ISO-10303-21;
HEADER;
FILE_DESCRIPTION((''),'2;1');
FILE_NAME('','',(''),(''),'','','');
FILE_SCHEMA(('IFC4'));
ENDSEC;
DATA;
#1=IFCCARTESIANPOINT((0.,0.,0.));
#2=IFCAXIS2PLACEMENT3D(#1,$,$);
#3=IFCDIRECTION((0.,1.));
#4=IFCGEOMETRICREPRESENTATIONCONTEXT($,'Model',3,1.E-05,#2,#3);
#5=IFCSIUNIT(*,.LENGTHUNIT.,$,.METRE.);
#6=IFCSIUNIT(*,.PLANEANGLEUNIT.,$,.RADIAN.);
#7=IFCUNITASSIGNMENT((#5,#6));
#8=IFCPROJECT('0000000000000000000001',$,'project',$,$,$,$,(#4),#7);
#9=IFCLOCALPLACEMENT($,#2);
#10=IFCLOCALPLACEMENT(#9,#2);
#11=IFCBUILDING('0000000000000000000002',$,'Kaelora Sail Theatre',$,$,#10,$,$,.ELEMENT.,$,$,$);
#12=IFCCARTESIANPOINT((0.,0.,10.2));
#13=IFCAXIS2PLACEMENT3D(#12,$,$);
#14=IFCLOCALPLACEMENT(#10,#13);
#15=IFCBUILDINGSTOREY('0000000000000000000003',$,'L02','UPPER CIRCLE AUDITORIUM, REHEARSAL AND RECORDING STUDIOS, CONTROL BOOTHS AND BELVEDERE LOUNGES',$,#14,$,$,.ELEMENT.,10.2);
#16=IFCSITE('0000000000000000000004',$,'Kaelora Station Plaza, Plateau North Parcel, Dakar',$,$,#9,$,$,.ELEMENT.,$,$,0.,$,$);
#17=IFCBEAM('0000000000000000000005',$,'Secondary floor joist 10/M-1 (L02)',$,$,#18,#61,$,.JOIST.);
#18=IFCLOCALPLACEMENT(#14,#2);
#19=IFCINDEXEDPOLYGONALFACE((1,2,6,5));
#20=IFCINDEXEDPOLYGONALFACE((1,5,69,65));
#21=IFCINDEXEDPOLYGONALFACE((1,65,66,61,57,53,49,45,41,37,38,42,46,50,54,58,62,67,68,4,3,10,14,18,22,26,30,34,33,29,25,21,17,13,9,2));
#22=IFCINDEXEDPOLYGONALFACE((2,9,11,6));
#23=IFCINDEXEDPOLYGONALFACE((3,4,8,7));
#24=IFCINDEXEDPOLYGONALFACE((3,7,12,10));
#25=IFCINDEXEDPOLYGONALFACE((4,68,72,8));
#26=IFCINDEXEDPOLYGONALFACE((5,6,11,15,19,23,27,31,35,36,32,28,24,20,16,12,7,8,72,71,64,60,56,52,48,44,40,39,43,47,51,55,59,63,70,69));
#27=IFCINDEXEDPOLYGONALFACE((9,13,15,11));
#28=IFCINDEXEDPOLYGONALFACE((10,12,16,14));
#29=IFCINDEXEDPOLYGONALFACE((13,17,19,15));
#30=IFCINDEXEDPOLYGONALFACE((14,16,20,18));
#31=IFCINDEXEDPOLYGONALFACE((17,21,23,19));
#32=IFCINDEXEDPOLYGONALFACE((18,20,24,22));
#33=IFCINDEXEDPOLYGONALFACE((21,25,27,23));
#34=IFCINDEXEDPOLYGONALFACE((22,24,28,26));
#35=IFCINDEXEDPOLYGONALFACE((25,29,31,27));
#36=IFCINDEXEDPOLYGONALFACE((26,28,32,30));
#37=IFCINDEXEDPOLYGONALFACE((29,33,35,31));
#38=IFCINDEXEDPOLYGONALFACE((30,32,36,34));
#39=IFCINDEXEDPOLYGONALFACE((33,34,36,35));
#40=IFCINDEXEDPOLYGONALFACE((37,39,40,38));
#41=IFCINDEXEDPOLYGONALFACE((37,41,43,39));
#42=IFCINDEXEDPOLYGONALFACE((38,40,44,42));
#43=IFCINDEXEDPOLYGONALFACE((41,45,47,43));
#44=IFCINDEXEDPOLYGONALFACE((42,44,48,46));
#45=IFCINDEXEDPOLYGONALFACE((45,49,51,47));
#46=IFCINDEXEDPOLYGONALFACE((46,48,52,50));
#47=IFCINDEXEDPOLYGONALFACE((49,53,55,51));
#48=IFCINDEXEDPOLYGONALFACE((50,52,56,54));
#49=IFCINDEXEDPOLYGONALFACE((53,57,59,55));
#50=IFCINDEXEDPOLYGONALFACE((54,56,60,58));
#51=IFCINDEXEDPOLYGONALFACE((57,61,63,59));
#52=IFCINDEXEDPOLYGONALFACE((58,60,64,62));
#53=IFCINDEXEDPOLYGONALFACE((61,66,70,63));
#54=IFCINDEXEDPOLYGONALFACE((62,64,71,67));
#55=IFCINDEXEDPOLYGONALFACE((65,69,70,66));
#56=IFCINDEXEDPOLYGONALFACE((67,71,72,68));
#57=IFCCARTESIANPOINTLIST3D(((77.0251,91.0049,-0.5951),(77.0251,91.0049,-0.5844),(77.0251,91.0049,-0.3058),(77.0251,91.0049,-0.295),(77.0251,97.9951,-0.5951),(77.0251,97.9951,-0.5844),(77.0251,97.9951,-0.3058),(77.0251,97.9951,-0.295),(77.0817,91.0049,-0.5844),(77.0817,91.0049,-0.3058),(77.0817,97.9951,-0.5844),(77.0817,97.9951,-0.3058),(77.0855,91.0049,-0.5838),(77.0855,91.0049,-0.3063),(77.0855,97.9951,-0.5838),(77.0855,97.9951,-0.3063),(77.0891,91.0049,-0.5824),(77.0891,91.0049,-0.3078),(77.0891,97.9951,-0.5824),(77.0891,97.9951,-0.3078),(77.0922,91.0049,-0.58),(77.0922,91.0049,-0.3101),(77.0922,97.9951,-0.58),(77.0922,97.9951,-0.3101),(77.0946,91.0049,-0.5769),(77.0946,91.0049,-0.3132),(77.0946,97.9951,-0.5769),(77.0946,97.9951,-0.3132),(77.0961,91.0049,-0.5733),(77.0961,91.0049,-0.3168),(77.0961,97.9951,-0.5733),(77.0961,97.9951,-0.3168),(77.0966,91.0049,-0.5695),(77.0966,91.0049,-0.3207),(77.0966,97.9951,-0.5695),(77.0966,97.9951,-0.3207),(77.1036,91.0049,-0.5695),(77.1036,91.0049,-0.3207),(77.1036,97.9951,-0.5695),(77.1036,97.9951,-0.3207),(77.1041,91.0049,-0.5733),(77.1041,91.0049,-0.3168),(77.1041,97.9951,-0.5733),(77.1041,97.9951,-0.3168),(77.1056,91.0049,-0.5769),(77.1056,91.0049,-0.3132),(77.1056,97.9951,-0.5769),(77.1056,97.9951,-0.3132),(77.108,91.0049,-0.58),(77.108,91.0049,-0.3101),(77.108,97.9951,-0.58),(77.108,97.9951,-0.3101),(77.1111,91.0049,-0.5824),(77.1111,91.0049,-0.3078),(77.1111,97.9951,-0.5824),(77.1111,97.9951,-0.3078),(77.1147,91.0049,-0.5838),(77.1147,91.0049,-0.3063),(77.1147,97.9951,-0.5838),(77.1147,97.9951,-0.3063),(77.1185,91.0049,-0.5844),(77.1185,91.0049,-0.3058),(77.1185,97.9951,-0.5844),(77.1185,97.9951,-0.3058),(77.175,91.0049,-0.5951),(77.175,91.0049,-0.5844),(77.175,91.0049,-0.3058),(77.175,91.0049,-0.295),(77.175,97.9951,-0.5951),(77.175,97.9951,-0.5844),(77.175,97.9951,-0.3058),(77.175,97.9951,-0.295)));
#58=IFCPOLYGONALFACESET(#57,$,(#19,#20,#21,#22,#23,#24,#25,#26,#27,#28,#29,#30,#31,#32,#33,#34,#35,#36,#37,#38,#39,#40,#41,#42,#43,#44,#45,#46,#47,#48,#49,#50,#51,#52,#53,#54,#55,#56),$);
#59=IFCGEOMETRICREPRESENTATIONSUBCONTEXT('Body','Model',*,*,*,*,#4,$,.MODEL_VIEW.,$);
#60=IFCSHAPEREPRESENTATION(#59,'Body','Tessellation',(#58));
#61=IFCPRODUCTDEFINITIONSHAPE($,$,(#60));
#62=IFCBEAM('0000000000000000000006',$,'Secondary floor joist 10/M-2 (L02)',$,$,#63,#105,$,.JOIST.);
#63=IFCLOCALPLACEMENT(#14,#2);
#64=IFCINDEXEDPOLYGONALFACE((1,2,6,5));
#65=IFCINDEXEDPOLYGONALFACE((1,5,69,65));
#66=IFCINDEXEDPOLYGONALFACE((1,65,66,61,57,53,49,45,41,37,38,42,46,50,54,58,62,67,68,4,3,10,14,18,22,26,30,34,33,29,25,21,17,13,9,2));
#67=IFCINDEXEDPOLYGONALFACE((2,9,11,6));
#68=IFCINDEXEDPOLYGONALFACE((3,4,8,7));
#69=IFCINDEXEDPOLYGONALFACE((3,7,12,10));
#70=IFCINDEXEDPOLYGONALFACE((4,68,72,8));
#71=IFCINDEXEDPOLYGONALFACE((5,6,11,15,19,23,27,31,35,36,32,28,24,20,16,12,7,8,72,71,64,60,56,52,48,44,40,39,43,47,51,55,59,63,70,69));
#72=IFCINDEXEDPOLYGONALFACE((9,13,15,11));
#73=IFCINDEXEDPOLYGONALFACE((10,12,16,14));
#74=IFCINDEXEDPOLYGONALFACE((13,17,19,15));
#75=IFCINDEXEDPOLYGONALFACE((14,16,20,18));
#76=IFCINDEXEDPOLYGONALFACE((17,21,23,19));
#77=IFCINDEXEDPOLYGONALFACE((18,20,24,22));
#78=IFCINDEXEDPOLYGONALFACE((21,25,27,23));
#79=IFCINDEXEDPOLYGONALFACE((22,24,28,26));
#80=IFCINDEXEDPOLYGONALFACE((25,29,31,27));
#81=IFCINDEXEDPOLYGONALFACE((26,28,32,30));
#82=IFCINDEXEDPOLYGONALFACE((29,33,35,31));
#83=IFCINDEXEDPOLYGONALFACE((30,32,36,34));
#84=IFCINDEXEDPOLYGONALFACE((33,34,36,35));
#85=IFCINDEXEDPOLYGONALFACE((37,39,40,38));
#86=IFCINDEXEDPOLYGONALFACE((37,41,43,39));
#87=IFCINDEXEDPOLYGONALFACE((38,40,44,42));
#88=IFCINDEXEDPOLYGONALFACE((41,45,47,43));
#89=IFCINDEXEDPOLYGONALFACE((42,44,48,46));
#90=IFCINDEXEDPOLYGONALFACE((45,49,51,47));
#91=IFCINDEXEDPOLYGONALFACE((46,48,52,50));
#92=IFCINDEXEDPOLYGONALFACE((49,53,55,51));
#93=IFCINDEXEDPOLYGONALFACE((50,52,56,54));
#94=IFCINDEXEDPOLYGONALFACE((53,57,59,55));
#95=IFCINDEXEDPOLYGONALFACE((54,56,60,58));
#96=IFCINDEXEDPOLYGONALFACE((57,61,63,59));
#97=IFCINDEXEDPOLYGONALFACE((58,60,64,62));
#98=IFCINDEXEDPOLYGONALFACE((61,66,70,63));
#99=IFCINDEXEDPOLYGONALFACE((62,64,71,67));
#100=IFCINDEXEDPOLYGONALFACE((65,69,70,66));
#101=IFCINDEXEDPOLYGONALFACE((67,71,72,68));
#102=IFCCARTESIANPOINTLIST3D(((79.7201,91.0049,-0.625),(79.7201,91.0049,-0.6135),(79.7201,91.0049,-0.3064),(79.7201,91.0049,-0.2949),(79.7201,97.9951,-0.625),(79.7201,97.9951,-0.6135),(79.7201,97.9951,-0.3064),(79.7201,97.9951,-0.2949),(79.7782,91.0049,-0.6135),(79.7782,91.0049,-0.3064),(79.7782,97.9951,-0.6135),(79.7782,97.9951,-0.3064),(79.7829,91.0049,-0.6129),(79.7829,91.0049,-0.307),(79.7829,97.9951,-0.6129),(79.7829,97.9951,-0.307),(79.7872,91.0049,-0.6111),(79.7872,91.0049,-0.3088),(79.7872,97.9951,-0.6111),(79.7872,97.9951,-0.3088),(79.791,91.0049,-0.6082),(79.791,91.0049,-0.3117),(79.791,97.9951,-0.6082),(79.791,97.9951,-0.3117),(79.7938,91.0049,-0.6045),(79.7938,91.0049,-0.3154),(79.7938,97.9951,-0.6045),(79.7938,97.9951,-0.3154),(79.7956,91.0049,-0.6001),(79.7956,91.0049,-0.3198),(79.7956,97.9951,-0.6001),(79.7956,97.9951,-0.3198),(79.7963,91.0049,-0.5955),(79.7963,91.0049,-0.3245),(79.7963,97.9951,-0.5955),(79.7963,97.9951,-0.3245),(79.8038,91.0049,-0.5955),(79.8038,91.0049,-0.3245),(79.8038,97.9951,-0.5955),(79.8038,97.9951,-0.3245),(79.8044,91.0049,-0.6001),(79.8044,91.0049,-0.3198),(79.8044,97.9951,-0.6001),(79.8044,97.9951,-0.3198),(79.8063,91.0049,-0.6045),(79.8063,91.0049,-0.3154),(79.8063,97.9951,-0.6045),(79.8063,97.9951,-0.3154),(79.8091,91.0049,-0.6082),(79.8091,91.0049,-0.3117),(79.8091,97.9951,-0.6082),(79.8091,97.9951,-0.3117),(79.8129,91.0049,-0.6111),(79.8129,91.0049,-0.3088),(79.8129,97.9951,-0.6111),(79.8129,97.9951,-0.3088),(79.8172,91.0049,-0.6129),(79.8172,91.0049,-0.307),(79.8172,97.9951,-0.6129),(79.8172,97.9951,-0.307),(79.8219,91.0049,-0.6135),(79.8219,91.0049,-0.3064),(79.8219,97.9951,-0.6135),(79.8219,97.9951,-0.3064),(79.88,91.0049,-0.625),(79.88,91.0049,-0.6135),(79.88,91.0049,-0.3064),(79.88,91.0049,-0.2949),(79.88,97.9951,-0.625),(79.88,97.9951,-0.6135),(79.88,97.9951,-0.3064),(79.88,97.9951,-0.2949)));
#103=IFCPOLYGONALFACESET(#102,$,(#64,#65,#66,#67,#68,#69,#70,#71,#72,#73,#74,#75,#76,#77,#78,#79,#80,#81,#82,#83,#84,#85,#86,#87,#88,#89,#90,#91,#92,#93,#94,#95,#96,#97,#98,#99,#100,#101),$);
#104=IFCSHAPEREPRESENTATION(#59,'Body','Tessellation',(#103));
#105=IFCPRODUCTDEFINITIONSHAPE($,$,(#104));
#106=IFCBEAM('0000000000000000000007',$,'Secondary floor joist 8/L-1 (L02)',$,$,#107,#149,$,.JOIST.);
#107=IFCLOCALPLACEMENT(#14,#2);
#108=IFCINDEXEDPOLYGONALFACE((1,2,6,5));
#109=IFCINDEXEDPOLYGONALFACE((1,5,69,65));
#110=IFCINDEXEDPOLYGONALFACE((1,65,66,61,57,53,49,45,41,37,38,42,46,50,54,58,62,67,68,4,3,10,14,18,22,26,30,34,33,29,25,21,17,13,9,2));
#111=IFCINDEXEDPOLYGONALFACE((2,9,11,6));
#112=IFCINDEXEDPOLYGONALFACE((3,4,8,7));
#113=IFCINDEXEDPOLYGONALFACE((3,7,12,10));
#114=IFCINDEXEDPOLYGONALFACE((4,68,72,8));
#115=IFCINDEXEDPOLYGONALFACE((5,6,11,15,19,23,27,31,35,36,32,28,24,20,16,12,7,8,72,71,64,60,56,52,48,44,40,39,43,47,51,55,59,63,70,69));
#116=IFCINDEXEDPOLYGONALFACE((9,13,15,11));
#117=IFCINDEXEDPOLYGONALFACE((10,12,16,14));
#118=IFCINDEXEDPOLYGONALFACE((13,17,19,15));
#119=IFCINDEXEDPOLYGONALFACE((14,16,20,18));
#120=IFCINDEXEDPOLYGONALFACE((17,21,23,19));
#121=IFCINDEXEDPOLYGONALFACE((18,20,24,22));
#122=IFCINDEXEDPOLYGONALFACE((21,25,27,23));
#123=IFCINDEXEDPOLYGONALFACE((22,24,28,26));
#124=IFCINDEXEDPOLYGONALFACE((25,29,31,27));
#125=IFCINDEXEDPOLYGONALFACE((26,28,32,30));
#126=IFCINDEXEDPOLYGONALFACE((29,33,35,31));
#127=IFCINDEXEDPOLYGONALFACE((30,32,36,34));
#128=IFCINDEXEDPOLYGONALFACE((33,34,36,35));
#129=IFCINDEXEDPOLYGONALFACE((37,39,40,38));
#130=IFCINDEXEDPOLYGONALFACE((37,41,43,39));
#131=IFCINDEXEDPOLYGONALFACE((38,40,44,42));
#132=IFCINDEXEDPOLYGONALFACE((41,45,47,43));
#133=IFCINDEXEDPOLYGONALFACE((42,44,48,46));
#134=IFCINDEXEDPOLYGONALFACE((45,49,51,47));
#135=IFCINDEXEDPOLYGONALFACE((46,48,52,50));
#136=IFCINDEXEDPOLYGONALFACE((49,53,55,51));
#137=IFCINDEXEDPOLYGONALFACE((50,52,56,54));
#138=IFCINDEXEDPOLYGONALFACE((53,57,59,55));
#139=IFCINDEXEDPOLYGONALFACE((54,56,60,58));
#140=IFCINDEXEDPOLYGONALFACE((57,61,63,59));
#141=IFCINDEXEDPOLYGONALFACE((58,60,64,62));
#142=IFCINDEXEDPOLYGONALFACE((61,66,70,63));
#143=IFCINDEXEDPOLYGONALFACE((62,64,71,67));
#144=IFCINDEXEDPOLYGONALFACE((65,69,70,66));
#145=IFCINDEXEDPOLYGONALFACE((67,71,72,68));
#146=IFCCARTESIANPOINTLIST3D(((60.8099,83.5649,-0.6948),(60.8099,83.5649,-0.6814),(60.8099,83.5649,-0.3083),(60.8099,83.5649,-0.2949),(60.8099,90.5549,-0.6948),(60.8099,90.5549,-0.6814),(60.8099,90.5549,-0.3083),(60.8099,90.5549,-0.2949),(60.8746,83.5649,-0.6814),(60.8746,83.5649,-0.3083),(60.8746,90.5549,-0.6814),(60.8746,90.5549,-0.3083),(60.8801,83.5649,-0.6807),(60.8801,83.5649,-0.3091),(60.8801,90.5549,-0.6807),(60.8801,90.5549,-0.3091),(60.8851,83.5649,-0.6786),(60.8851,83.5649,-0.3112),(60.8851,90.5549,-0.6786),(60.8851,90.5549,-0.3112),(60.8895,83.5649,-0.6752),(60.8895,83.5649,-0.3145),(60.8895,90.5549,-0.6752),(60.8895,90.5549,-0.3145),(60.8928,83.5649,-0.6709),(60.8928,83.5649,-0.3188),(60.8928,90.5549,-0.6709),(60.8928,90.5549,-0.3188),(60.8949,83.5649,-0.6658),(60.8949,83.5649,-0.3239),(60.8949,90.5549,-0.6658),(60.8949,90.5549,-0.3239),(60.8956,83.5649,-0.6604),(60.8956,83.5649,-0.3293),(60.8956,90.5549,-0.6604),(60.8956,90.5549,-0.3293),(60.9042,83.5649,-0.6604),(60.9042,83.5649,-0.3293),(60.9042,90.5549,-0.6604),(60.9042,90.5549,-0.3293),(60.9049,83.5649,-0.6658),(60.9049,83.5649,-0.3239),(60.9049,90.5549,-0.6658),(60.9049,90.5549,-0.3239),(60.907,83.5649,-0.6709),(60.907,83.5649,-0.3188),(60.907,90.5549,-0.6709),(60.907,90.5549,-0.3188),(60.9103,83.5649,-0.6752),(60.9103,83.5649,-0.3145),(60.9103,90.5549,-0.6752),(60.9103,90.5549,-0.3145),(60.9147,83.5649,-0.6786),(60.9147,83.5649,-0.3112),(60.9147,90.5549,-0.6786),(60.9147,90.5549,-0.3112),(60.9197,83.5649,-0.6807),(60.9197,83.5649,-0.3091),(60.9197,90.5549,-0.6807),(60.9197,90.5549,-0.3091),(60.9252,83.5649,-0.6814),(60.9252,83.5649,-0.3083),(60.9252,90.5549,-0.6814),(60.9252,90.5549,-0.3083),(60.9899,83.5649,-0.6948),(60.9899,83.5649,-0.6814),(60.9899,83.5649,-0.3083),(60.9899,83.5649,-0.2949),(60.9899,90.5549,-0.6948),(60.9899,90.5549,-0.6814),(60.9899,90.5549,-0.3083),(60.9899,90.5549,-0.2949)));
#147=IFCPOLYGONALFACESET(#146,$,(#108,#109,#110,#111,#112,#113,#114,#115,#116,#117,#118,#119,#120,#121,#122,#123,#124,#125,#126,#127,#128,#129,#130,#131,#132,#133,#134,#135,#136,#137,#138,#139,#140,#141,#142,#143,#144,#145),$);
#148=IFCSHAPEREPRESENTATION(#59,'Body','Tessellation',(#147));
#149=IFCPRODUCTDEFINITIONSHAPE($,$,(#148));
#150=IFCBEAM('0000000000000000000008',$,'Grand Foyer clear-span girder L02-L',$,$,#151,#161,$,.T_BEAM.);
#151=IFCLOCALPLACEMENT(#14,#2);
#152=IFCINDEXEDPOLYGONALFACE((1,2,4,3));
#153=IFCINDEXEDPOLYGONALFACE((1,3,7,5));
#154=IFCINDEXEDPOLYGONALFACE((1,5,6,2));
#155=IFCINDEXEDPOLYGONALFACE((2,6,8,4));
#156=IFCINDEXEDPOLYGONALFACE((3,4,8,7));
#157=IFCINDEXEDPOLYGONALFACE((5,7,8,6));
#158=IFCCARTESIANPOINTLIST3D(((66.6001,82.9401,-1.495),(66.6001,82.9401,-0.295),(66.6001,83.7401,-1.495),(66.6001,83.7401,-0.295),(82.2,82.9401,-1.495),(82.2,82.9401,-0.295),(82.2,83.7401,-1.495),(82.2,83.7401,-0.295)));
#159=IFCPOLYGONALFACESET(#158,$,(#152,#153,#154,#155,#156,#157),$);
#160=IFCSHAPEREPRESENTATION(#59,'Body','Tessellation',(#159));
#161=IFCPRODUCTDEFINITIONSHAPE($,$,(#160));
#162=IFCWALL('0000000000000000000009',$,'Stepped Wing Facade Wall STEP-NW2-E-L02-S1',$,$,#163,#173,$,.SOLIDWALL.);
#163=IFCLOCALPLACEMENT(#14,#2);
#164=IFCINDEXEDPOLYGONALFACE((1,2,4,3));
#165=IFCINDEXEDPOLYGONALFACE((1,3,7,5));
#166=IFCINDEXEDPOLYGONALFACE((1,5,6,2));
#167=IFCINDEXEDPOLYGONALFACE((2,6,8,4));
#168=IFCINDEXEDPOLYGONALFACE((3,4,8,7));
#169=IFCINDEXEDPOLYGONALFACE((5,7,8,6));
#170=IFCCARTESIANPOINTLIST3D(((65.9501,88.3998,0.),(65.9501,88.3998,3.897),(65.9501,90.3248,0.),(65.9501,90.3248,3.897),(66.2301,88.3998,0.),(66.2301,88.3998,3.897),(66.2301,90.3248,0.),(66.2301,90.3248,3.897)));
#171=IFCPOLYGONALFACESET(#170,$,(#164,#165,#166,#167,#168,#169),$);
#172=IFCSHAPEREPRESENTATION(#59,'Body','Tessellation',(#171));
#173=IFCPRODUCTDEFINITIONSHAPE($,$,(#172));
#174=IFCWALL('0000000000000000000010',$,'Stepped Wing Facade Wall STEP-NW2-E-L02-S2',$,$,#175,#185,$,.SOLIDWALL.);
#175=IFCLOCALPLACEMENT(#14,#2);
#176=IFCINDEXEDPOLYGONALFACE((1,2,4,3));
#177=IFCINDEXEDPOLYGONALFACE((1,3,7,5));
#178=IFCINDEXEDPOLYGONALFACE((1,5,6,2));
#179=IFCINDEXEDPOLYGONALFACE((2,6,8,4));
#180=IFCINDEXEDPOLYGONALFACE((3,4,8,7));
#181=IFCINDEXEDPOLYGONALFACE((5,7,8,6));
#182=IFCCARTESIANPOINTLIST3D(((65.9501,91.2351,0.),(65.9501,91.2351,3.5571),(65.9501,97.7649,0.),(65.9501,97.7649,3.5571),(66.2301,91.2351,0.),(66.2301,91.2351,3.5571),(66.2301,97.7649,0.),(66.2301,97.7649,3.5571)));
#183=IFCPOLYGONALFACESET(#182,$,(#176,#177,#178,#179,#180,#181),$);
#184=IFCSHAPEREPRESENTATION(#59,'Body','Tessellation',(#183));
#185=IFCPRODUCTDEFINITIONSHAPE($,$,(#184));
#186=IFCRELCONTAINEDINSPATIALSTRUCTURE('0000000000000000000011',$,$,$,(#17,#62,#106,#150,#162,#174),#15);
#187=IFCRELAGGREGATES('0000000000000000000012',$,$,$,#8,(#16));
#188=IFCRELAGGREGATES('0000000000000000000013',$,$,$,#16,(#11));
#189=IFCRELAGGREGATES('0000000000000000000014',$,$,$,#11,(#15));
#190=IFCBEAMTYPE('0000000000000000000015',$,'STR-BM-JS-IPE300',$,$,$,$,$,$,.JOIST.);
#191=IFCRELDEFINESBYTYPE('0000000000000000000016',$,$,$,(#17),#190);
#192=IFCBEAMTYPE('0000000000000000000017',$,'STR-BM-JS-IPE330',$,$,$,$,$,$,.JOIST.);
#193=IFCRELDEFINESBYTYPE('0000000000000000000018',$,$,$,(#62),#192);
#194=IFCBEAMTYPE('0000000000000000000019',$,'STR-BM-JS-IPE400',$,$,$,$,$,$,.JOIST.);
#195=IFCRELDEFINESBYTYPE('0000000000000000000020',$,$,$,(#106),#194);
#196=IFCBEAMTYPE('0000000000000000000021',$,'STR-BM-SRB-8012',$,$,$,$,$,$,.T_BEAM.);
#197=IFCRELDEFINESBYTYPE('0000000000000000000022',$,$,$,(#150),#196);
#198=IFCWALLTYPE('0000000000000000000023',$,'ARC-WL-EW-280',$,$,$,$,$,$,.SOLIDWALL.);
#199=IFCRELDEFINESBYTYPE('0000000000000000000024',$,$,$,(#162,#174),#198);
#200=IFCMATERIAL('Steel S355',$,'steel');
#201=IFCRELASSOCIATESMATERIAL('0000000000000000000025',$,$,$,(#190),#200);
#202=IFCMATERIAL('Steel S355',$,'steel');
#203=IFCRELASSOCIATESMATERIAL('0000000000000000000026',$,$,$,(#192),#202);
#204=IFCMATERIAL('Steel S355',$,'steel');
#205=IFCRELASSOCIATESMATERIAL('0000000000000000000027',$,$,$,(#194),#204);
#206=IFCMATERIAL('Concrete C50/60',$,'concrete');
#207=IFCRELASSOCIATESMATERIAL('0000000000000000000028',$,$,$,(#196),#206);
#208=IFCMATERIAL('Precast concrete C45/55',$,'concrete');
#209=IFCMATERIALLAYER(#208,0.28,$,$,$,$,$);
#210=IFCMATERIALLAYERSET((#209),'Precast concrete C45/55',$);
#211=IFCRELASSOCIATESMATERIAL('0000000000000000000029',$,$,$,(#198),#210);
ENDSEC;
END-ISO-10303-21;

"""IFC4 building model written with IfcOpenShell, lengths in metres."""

from ifc_helpers import new_model, si_unit, direction, frame, frame_2d, origin, origin_2d, place, context, subcontext, project, spatial, rectangle, i_section, extrude, material, layer, layer_set, material_profile, profile_set, type_object, element, save


model = new_model("IFC4")

# Units and contexts
model_context = context("Model", 3, precision=1e-05, world=origin(), true_north=direction((0.0, 1.0)))
body_context = subcontext(model_context, "Body", "Model", "MODEL_VIEW")
ifc_project = project(units=[si_unit("LENGTHUNIT", "METRE"), si_unit("PLANEANGLEUNIT", "RADIAN")], contexts=[model_context])

# Site, building, storey
site_placement = place(None, origin())
site = spatial("IfcSite", under=ifc_project, at=site_placement, Name="Kaelora Station Plaza, Plateau North Parcel, Dakar", CompositionType="ELEMENT", RefElevation=0.0)
building_placement = place(site_placement, origin())
building = spatial("IfcBuilding", under=site, at=building_placement, Name="Kaelora Sail Theatre", CompositionType="ELEMENT")
storey_placement = place(building_placement, frame((0.0, 0.0, 10.2)))
storey = spatial("IfcBuildingStorey", under=building, at=storey_placement, Name="L02", Description="UPPER CIRCLE AUDITORIUM, REHEARSAL AND RECORDING STUDIOS, CONTROL BOOTHS AND BELVEDERE LOUNGES", CompositionType="ELEMENT", Elevation=10.2)

# Beams
ifc_material_1 = material(Name="Steel S355", Category="steel")
ifc_material_profile_1 = material_profile(ifc_material_1, i_section(OverallWidth=0.1499, OverallDepth=0.3, WebThickness=0.0071, FlangeThickness=0.0107, FilletRadius=0.0149, at=origin_2d()), Name="IPE 300")
ifc_profile_set_1 = profile_set([ifc_material_profile_1], Name="Steel S355")
beam_type_1 = type_object("IfcBeamType", Name="STR-BM-JS-IPE300", PredefinedType="JOIST", material=ifc_profile_set_1)
beam_1_placement = place(storey_placement, frame((77.1001, 91.0049, -0.4451), z_axis=(0.0, 1.0, 0.0), x_axis=(-1.0, 0.0, 0.0)))
element("IfcBeam", 1, at=beam_1_placement, inside=storey, type_object=beam_type_1, Name="Secondary floor joist 10/M-1 (L02)", PredefinedType="JOIST", context=body_context, shape_type="SweptSolid", body=[
    extrude(i_section(OverallWidth=0.1499, OverallDepth=0.3, WebThickness=0.0071, FlangeThickness=0.0107, FilletRadius=0.0149, at=origin_2d()), origin(), (0.0, 0.0, 1.0), 6.9902),
])
ifc_material_2 = material(Name="Steel S355", Category="steel")
ifc_material_profile_2 = material_profile(ifc_material_2, i_section(OverallWidth=0.1599, OverallDepth=0.3301, WebThickness=0.0076, FlangeThickness=0.0115, FilletRadius=0.0181, at=origin_2d()), Name="IPE 330")
ifc_profile_set_2 = profile_set([ifc_material_profile_2], Name="Steel S355")
beam_type_2 = type_object("IfcBeamType", Name="STR-BM-JS-IPE330", PredefinedType="JOIST", material=ifc_profile_set_2)
beam_2_placement = place(storey_placement, frame((79.8, 91.0049, -0.46), z_axis=(0.0, 1.0, 0.0), x_axis=(-1.0, 0.0, 0.0)))
element("IfcBeam", 2, at=beam_2_placement, inside=storey, type_object=beam_type_2, Name="Secondary floor joist 10/M-2 (L02)", PredefinedType="JOIST", context=body_context, shape_type="SweptSolid", body=[
    extrude(i_section(OverallWidth=0.1599, OverallDepth=0.3301, WebThickness=0.0076, FlangeThickness=0.0115, FilletRadius=0.0181, at=origin_2d()), origin(), (0.0, 0.0, 1.0), 6.9902),
])
ifc_material_3 = material(Name="Steel S355", Category="steel")
ifc_material_profile_3 = material_profile(ifc_material_3, i_section(OverallWidth=0.1799, OverallDepth=0.3999, WebThickness=0.0085, FlangeThickness=0.0134, FilletRadius=0.021, at=origin_2d()), Name="IPE 400")
ifc_profile_set_3 = profile_set([ifc_material_profile_3], Name="Steel S355")
beam_type_3 = type_object("IfcBeamType", Name="STR-BM-JS-IPE400", PredefinedType="JOIST", material=ifc_profile_set_3)
beam_3_placement = place(storey_placement, frame((60.8999, 83.5649, -0.4949), z_axis=(0.0, 1.0, 0.0), x_axis=(-1.0, 0.0, 0.0)))
element("IfcBeam", 3, at=beam_3_placement, inside=storey, type_object=beam_type_3, Name="Secondary floor joist 8/L-1 (L02)", PredefinedType="JOIST", context=body_context, shape_type="SweptSolid", body=[
    extrude(i_section(OverallWidth=0.1799, OverallDepth=0.3999, WebThickness=0.0085, FlangeThickness=0.0134, FilletRadius=0.021, at=origin_2d()), origin(), (0.0, 0.0, 1.0), 6.99),
])
ifc_material_4 = material(Name="Concrete C50/60", Category="concrete")
ifc_material_profile_4 = material_profile(ifc_material_4, rectangle(XDim=0.8, YDim=1.2, at=origin_2d()), Name="RC-SRB 800x1200")
ifc_profile_set_4 = profile_set([ifc_material_profile_4], Name="Concrete C50/60")
beam_type_4 = type_object("IfcBeamType", Name="STR-BM-SRB-8012", PredefinedType="T_BEAM", material=ifc_profile_set_4)
beam_4_placement = place(storey_placement, frame((66.6001, 83.3401, -0.895), z_axis=(1.0, 0.0, 0.0), x_axis=(0.0, 1.0, 0.0)))
element("IfcBeam", 4, at=beam_4_placement, inside=storey, type_object=beam_type_4, Name="Grand Foyer clear-span girder L02-L", PredefinedType="T_BEAM", context=body_context, shape_type="SweptSolid", body=[
    extrude(rectangle(XDim=0.8, YDim=1.2, at=origin_2d()), origin(), (0.0, 0.0, 1.0), 15.5999),
])

# Shared definitions
ifc_material_5 = material(Name="Precast concrete C45/55", Category="concrete")
ifc_layer_1 = layer(ifc_material_5, 0.28)
ifc_layer_set_1 = layer_set([ifc_layer_1], Name="Precast concrete C45/55")
wall_type_1 = type_object("IfcWallType", Name="ARC-WL-EW-280", PredefinedType="SOLIDWALL", material=ifc_layer_set_1)

# Walls
wall_1_placement = place(storey_placement, frame((66.0901, 88.3999, 0.0), z_axis=(0.0, 0.0, 1.0), x_axis=(0.0, 1.0, 0.0)))
element("IfcWall", 5, at=wall_1_placement, inside=storey, type_object=wall_type_1, Name="Stepped Wing Facade Wall STEP-NW2-E-L02-S1", PredefinedType="SOLIDWALL", context=body_context, shape_type="SweptSolid", body=[
    extrude(rectangle(XDim=1.925, YDim=0.28, at=frame_2d((0.9624, 0.0))), origin(), (0.0, 0.0, 1.0), 3.897),
])
wall_2_placement = place(storey_placement, frame((66.0901, 91.2351, 0.0), z_axis=(0.0, 0.0, 1.0), x_axis=(0.0, 1.0, 0.0)))
element("IfcWall", 6, at=wall_2_placement, inside=storey, type_object=wall_type_1, Name="Stepped Wing Facade Wall STEP-NW2-E-L02-S2", PredefinedType="SOLIDWALL", context=body_context, shape_type="SweptSolid", body=[
    extrude(rectangle(XDim=6.5298, YDim=0.28, at=frame_2d((3.2649, 0.0))), origin(), (0.0, 0.0, 1.0), 3.5571),
])

save(model, "model.ifc")
